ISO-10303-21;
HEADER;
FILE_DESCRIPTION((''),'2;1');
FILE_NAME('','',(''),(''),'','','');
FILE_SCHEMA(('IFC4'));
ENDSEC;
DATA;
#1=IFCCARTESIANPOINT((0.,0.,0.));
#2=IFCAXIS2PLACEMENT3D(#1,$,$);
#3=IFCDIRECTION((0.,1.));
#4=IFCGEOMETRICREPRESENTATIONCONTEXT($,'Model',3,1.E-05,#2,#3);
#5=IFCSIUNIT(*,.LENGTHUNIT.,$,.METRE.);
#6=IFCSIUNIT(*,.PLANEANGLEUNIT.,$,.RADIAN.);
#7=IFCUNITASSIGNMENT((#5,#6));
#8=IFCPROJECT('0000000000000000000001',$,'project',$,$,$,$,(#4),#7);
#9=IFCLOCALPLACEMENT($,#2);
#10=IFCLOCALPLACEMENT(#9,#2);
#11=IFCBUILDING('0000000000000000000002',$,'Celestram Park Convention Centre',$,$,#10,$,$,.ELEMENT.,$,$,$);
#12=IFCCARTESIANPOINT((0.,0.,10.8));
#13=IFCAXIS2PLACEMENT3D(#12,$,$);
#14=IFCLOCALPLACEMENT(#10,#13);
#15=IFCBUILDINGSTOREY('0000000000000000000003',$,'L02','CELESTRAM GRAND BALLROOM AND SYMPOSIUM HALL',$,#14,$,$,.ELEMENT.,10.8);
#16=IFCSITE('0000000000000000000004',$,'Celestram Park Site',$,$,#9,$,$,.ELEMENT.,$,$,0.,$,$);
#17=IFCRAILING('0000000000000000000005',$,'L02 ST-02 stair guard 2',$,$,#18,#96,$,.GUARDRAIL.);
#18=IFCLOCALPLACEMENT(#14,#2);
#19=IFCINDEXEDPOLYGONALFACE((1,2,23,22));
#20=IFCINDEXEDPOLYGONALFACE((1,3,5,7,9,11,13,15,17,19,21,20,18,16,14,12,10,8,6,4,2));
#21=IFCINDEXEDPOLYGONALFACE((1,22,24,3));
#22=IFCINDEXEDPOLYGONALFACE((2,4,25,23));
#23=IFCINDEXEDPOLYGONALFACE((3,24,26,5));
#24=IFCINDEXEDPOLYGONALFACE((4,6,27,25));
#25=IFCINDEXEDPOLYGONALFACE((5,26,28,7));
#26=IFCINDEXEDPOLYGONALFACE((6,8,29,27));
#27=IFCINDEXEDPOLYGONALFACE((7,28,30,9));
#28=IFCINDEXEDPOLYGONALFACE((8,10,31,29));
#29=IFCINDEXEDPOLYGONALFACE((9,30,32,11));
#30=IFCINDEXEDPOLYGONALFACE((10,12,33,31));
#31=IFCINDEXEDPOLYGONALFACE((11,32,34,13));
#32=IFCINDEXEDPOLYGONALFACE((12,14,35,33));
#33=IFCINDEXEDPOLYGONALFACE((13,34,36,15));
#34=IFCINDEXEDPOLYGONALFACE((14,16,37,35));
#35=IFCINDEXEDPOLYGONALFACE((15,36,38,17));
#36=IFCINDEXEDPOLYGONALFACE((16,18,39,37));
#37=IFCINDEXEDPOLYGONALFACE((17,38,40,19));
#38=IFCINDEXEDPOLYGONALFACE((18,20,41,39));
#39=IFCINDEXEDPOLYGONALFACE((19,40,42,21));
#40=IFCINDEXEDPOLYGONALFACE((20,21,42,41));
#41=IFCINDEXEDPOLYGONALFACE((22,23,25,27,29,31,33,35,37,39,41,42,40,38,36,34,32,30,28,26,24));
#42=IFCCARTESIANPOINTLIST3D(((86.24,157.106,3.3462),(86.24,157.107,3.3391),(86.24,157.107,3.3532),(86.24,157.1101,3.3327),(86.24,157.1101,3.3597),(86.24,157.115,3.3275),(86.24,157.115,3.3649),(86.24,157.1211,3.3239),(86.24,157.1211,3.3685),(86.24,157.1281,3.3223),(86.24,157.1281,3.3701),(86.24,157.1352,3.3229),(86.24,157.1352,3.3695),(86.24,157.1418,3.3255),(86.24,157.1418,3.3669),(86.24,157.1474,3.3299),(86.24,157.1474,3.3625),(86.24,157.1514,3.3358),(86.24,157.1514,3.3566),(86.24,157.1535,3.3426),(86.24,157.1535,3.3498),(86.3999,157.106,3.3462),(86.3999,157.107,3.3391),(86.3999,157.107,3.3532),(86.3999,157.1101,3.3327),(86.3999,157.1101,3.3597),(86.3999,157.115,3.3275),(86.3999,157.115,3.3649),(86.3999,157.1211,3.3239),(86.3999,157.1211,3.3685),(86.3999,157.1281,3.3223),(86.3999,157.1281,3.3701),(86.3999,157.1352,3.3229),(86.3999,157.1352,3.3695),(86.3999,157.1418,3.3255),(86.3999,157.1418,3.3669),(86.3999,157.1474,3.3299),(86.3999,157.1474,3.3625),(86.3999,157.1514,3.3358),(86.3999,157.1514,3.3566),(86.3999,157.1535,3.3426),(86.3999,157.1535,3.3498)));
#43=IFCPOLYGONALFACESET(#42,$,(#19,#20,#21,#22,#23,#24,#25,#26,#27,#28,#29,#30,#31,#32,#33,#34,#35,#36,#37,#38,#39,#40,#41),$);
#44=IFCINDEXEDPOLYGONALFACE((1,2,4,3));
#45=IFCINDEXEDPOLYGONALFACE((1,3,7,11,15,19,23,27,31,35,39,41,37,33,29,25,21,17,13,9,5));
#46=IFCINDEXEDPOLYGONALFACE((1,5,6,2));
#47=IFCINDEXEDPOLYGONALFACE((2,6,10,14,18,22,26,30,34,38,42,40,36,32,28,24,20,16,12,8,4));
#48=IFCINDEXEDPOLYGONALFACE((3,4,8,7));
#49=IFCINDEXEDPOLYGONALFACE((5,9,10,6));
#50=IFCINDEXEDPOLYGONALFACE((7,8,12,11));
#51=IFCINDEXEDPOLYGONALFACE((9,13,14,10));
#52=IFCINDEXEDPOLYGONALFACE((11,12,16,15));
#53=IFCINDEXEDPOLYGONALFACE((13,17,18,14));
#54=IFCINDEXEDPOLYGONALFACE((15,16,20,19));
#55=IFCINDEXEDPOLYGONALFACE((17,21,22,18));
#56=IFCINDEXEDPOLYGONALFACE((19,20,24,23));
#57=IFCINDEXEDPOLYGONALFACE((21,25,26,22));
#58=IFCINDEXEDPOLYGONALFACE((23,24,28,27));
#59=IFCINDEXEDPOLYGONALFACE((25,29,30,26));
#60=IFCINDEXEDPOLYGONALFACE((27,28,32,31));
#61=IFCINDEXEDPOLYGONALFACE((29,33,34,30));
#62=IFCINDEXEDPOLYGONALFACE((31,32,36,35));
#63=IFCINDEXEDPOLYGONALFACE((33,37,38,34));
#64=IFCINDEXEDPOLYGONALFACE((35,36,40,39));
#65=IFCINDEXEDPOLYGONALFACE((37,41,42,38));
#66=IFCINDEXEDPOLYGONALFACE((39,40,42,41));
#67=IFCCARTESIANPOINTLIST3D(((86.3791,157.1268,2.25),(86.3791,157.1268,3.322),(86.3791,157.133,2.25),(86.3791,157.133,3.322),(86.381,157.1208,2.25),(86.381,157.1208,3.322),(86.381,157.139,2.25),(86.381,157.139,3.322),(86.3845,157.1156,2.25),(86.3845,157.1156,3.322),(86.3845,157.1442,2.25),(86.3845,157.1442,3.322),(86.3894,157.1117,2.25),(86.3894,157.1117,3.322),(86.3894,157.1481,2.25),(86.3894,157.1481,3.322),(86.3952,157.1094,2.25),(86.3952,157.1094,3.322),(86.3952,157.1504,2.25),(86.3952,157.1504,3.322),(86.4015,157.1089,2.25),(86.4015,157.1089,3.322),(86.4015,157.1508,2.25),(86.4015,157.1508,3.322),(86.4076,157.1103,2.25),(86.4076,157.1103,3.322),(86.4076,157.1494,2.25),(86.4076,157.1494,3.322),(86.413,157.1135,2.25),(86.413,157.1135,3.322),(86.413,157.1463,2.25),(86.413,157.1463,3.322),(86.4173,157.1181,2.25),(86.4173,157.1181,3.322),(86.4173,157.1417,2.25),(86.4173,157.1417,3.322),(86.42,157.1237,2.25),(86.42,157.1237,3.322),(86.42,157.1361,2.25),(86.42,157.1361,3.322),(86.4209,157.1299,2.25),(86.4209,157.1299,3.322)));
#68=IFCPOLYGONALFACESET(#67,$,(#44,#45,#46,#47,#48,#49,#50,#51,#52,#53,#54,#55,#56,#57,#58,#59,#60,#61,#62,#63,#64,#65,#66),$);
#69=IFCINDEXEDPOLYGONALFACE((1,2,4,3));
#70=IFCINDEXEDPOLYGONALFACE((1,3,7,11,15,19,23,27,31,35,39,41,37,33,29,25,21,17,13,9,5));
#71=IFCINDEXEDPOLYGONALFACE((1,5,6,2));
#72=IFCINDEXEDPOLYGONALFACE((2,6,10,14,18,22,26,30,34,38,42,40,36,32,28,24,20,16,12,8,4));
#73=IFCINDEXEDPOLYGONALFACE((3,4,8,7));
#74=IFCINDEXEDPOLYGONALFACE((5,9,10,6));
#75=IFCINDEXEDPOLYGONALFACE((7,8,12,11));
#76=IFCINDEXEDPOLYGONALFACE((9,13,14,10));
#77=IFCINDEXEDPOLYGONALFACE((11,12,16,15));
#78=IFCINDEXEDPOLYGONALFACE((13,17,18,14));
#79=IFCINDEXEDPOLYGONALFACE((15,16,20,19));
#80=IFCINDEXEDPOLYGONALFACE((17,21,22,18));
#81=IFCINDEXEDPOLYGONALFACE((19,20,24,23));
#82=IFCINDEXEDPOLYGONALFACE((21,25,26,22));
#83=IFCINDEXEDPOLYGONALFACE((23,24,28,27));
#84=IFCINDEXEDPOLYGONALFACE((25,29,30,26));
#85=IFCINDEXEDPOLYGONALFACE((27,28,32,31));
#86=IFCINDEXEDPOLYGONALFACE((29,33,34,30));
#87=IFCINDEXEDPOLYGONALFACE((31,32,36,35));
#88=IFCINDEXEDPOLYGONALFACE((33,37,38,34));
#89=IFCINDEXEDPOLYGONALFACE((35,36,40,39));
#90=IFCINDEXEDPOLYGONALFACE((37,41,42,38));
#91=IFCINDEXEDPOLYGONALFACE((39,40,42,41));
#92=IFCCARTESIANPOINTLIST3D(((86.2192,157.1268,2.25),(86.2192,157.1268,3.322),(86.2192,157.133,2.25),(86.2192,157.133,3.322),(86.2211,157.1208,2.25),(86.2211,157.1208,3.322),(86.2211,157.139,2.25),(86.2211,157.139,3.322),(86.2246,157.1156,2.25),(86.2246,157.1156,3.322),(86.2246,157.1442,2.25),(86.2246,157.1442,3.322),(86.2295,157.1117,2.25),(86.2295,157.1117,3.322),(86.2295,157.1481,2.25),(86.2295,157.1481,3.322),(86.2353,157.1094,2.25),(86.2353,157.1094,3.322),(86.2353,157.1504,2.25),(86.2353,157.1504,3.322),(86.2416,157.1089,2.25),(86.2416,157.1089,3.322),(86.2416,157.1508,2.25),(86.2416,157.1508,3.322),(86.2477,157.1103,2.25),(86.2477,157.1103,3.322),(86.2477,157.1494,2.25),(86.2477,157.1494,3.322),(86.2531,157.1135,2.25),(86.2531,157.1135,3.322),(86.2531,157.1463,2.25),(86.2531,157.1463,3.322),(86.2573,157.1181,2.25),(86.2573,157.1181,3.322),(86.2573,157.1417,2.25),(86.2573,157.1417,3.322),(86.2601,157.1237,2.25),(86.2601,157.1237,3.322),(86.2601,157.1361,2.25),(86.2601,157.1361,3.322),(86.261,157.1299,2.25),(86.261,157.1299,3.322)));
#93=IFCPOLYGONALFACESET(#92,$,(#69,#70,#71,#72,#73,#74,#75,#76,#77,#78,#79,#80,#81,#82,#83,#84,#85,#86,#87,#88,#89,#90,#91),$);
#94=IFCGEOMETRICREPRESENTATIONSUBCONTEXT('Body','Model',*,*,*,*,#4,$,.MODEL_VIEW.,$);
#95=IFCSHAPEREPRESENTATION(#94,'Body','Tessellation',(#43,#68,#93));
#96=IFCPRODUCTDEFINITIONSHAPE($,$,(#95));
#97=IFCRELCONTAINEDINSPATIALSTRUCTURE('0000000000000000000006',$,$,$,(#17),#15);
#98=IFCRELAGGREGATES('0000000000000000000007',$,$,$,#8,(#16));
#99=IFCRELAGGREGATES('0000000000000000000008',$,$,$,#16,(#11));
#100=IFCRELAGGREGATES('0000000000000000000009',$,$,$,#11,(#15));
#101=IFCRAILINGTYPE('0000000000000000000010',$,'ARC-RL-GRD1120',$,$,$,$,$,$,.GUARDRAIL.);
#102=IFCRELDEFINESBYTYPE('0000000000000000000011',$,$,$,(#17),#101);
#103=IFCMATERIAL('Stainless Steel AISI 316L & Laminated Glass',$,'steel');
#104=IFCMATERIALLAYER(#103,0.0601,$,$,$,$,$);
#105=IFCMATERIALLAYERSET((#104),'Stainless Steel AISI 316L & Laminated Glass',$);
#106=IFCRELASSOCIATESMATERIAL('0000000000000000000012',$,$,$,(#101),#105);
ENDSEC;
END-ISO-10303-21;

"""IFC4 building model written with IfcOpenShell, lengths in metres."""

from ifc_helpers import new_model, si_unit, direction, frame, origin, origin_2d, place, context, subcontext, project, spatial, circle, extrude, material, layer, layer_set, type_object, element, save


model = new_model("IFC4")

# Units and contexts
model_context = context("Model", 3, precision=1e-05, world=origin(), true_north=direction((0.0, 1.0)))
body_context = subcontext(model_context, "Body", "Model", "MODEL_VIEW")
ifc_project = project(units=[si_unit("LENGTHUNIT", "METRE"), si_unit("PLANEANGLEUNIT", "RADIAN")], contexts=[model_context])

# Site, building, storey
site_placement = place(None, origin())
site = spatial("IfcSite", under=ifc_project, at=site_placement, Name="Celestram Park Site", CompositionType="ELEMENT", RefElevation=0.0)
building_placement = place(site_placement, origin())
building = spatial("IfcBuilding", under=site, at=building_placement, Name="Celestram Park Convention Centre", CompositionType="ELEMENT")
storey_placement = place(building_placement, frame((0.0, 0.0, 10.8)))
storey = spatial("IfcBuildingStorey", under=building, at=storey_placement, Name="L02", Description="CELESTRAM GRAND BALLROOM AND SYMPOSIUM HALL", CompositionType="ELEMENT", Elevation=10.8)

# Railing
ifc_material_1 = material(Name="Stainless Steel AISI 316L & Laminated Glass", Category="steel")
ifc_layer_1 = layer(ifc_material_1, 0.0601)
ifc_layer_set_1 = layer_set([ifc_layer_1], Name="Stainless Steel AISI 316L & Laminated Glass")
railing_type_1 = type_object("IfcRailingType", Name="ARC-RL-GRD1120", PredefinedType="GUARDRAIL", material=ifc_layer_set_1)
railing_1_placement = place(storey_placement, frame((86.3999, 157.1299, 2.25)))
element("IfcRailing", 1, at=railing_1_placement, inside=storey, type_object=railing_type_1, Name="L02 ST-02 stair guard 2", PredefinedType="GUARDRAIL", context=body_context, shape_type="SweptSolid", body=[
    extrude(circle(Radius=0.0239, at=origin_2d()), frame((0.0, 0.0, 1.0962), z_axis=(-1.0, 0.0, 0.0), x_axis=(0.0, -1.0, 0.0)), (0.0, 0.0, 1.0), 0.1599),
    extrude(circle(Radius=0.021, at=origin_2d()), origin(), (0.0, 0.0, 1.0), 1.072),
    extrude(circle(Radius=0.021, at=origin_2d()), frame((-0.1599, 0.0, 0.0)), (0.0, 0.0, 1.0), 1.072),
])

save(model, "model.ifc")
